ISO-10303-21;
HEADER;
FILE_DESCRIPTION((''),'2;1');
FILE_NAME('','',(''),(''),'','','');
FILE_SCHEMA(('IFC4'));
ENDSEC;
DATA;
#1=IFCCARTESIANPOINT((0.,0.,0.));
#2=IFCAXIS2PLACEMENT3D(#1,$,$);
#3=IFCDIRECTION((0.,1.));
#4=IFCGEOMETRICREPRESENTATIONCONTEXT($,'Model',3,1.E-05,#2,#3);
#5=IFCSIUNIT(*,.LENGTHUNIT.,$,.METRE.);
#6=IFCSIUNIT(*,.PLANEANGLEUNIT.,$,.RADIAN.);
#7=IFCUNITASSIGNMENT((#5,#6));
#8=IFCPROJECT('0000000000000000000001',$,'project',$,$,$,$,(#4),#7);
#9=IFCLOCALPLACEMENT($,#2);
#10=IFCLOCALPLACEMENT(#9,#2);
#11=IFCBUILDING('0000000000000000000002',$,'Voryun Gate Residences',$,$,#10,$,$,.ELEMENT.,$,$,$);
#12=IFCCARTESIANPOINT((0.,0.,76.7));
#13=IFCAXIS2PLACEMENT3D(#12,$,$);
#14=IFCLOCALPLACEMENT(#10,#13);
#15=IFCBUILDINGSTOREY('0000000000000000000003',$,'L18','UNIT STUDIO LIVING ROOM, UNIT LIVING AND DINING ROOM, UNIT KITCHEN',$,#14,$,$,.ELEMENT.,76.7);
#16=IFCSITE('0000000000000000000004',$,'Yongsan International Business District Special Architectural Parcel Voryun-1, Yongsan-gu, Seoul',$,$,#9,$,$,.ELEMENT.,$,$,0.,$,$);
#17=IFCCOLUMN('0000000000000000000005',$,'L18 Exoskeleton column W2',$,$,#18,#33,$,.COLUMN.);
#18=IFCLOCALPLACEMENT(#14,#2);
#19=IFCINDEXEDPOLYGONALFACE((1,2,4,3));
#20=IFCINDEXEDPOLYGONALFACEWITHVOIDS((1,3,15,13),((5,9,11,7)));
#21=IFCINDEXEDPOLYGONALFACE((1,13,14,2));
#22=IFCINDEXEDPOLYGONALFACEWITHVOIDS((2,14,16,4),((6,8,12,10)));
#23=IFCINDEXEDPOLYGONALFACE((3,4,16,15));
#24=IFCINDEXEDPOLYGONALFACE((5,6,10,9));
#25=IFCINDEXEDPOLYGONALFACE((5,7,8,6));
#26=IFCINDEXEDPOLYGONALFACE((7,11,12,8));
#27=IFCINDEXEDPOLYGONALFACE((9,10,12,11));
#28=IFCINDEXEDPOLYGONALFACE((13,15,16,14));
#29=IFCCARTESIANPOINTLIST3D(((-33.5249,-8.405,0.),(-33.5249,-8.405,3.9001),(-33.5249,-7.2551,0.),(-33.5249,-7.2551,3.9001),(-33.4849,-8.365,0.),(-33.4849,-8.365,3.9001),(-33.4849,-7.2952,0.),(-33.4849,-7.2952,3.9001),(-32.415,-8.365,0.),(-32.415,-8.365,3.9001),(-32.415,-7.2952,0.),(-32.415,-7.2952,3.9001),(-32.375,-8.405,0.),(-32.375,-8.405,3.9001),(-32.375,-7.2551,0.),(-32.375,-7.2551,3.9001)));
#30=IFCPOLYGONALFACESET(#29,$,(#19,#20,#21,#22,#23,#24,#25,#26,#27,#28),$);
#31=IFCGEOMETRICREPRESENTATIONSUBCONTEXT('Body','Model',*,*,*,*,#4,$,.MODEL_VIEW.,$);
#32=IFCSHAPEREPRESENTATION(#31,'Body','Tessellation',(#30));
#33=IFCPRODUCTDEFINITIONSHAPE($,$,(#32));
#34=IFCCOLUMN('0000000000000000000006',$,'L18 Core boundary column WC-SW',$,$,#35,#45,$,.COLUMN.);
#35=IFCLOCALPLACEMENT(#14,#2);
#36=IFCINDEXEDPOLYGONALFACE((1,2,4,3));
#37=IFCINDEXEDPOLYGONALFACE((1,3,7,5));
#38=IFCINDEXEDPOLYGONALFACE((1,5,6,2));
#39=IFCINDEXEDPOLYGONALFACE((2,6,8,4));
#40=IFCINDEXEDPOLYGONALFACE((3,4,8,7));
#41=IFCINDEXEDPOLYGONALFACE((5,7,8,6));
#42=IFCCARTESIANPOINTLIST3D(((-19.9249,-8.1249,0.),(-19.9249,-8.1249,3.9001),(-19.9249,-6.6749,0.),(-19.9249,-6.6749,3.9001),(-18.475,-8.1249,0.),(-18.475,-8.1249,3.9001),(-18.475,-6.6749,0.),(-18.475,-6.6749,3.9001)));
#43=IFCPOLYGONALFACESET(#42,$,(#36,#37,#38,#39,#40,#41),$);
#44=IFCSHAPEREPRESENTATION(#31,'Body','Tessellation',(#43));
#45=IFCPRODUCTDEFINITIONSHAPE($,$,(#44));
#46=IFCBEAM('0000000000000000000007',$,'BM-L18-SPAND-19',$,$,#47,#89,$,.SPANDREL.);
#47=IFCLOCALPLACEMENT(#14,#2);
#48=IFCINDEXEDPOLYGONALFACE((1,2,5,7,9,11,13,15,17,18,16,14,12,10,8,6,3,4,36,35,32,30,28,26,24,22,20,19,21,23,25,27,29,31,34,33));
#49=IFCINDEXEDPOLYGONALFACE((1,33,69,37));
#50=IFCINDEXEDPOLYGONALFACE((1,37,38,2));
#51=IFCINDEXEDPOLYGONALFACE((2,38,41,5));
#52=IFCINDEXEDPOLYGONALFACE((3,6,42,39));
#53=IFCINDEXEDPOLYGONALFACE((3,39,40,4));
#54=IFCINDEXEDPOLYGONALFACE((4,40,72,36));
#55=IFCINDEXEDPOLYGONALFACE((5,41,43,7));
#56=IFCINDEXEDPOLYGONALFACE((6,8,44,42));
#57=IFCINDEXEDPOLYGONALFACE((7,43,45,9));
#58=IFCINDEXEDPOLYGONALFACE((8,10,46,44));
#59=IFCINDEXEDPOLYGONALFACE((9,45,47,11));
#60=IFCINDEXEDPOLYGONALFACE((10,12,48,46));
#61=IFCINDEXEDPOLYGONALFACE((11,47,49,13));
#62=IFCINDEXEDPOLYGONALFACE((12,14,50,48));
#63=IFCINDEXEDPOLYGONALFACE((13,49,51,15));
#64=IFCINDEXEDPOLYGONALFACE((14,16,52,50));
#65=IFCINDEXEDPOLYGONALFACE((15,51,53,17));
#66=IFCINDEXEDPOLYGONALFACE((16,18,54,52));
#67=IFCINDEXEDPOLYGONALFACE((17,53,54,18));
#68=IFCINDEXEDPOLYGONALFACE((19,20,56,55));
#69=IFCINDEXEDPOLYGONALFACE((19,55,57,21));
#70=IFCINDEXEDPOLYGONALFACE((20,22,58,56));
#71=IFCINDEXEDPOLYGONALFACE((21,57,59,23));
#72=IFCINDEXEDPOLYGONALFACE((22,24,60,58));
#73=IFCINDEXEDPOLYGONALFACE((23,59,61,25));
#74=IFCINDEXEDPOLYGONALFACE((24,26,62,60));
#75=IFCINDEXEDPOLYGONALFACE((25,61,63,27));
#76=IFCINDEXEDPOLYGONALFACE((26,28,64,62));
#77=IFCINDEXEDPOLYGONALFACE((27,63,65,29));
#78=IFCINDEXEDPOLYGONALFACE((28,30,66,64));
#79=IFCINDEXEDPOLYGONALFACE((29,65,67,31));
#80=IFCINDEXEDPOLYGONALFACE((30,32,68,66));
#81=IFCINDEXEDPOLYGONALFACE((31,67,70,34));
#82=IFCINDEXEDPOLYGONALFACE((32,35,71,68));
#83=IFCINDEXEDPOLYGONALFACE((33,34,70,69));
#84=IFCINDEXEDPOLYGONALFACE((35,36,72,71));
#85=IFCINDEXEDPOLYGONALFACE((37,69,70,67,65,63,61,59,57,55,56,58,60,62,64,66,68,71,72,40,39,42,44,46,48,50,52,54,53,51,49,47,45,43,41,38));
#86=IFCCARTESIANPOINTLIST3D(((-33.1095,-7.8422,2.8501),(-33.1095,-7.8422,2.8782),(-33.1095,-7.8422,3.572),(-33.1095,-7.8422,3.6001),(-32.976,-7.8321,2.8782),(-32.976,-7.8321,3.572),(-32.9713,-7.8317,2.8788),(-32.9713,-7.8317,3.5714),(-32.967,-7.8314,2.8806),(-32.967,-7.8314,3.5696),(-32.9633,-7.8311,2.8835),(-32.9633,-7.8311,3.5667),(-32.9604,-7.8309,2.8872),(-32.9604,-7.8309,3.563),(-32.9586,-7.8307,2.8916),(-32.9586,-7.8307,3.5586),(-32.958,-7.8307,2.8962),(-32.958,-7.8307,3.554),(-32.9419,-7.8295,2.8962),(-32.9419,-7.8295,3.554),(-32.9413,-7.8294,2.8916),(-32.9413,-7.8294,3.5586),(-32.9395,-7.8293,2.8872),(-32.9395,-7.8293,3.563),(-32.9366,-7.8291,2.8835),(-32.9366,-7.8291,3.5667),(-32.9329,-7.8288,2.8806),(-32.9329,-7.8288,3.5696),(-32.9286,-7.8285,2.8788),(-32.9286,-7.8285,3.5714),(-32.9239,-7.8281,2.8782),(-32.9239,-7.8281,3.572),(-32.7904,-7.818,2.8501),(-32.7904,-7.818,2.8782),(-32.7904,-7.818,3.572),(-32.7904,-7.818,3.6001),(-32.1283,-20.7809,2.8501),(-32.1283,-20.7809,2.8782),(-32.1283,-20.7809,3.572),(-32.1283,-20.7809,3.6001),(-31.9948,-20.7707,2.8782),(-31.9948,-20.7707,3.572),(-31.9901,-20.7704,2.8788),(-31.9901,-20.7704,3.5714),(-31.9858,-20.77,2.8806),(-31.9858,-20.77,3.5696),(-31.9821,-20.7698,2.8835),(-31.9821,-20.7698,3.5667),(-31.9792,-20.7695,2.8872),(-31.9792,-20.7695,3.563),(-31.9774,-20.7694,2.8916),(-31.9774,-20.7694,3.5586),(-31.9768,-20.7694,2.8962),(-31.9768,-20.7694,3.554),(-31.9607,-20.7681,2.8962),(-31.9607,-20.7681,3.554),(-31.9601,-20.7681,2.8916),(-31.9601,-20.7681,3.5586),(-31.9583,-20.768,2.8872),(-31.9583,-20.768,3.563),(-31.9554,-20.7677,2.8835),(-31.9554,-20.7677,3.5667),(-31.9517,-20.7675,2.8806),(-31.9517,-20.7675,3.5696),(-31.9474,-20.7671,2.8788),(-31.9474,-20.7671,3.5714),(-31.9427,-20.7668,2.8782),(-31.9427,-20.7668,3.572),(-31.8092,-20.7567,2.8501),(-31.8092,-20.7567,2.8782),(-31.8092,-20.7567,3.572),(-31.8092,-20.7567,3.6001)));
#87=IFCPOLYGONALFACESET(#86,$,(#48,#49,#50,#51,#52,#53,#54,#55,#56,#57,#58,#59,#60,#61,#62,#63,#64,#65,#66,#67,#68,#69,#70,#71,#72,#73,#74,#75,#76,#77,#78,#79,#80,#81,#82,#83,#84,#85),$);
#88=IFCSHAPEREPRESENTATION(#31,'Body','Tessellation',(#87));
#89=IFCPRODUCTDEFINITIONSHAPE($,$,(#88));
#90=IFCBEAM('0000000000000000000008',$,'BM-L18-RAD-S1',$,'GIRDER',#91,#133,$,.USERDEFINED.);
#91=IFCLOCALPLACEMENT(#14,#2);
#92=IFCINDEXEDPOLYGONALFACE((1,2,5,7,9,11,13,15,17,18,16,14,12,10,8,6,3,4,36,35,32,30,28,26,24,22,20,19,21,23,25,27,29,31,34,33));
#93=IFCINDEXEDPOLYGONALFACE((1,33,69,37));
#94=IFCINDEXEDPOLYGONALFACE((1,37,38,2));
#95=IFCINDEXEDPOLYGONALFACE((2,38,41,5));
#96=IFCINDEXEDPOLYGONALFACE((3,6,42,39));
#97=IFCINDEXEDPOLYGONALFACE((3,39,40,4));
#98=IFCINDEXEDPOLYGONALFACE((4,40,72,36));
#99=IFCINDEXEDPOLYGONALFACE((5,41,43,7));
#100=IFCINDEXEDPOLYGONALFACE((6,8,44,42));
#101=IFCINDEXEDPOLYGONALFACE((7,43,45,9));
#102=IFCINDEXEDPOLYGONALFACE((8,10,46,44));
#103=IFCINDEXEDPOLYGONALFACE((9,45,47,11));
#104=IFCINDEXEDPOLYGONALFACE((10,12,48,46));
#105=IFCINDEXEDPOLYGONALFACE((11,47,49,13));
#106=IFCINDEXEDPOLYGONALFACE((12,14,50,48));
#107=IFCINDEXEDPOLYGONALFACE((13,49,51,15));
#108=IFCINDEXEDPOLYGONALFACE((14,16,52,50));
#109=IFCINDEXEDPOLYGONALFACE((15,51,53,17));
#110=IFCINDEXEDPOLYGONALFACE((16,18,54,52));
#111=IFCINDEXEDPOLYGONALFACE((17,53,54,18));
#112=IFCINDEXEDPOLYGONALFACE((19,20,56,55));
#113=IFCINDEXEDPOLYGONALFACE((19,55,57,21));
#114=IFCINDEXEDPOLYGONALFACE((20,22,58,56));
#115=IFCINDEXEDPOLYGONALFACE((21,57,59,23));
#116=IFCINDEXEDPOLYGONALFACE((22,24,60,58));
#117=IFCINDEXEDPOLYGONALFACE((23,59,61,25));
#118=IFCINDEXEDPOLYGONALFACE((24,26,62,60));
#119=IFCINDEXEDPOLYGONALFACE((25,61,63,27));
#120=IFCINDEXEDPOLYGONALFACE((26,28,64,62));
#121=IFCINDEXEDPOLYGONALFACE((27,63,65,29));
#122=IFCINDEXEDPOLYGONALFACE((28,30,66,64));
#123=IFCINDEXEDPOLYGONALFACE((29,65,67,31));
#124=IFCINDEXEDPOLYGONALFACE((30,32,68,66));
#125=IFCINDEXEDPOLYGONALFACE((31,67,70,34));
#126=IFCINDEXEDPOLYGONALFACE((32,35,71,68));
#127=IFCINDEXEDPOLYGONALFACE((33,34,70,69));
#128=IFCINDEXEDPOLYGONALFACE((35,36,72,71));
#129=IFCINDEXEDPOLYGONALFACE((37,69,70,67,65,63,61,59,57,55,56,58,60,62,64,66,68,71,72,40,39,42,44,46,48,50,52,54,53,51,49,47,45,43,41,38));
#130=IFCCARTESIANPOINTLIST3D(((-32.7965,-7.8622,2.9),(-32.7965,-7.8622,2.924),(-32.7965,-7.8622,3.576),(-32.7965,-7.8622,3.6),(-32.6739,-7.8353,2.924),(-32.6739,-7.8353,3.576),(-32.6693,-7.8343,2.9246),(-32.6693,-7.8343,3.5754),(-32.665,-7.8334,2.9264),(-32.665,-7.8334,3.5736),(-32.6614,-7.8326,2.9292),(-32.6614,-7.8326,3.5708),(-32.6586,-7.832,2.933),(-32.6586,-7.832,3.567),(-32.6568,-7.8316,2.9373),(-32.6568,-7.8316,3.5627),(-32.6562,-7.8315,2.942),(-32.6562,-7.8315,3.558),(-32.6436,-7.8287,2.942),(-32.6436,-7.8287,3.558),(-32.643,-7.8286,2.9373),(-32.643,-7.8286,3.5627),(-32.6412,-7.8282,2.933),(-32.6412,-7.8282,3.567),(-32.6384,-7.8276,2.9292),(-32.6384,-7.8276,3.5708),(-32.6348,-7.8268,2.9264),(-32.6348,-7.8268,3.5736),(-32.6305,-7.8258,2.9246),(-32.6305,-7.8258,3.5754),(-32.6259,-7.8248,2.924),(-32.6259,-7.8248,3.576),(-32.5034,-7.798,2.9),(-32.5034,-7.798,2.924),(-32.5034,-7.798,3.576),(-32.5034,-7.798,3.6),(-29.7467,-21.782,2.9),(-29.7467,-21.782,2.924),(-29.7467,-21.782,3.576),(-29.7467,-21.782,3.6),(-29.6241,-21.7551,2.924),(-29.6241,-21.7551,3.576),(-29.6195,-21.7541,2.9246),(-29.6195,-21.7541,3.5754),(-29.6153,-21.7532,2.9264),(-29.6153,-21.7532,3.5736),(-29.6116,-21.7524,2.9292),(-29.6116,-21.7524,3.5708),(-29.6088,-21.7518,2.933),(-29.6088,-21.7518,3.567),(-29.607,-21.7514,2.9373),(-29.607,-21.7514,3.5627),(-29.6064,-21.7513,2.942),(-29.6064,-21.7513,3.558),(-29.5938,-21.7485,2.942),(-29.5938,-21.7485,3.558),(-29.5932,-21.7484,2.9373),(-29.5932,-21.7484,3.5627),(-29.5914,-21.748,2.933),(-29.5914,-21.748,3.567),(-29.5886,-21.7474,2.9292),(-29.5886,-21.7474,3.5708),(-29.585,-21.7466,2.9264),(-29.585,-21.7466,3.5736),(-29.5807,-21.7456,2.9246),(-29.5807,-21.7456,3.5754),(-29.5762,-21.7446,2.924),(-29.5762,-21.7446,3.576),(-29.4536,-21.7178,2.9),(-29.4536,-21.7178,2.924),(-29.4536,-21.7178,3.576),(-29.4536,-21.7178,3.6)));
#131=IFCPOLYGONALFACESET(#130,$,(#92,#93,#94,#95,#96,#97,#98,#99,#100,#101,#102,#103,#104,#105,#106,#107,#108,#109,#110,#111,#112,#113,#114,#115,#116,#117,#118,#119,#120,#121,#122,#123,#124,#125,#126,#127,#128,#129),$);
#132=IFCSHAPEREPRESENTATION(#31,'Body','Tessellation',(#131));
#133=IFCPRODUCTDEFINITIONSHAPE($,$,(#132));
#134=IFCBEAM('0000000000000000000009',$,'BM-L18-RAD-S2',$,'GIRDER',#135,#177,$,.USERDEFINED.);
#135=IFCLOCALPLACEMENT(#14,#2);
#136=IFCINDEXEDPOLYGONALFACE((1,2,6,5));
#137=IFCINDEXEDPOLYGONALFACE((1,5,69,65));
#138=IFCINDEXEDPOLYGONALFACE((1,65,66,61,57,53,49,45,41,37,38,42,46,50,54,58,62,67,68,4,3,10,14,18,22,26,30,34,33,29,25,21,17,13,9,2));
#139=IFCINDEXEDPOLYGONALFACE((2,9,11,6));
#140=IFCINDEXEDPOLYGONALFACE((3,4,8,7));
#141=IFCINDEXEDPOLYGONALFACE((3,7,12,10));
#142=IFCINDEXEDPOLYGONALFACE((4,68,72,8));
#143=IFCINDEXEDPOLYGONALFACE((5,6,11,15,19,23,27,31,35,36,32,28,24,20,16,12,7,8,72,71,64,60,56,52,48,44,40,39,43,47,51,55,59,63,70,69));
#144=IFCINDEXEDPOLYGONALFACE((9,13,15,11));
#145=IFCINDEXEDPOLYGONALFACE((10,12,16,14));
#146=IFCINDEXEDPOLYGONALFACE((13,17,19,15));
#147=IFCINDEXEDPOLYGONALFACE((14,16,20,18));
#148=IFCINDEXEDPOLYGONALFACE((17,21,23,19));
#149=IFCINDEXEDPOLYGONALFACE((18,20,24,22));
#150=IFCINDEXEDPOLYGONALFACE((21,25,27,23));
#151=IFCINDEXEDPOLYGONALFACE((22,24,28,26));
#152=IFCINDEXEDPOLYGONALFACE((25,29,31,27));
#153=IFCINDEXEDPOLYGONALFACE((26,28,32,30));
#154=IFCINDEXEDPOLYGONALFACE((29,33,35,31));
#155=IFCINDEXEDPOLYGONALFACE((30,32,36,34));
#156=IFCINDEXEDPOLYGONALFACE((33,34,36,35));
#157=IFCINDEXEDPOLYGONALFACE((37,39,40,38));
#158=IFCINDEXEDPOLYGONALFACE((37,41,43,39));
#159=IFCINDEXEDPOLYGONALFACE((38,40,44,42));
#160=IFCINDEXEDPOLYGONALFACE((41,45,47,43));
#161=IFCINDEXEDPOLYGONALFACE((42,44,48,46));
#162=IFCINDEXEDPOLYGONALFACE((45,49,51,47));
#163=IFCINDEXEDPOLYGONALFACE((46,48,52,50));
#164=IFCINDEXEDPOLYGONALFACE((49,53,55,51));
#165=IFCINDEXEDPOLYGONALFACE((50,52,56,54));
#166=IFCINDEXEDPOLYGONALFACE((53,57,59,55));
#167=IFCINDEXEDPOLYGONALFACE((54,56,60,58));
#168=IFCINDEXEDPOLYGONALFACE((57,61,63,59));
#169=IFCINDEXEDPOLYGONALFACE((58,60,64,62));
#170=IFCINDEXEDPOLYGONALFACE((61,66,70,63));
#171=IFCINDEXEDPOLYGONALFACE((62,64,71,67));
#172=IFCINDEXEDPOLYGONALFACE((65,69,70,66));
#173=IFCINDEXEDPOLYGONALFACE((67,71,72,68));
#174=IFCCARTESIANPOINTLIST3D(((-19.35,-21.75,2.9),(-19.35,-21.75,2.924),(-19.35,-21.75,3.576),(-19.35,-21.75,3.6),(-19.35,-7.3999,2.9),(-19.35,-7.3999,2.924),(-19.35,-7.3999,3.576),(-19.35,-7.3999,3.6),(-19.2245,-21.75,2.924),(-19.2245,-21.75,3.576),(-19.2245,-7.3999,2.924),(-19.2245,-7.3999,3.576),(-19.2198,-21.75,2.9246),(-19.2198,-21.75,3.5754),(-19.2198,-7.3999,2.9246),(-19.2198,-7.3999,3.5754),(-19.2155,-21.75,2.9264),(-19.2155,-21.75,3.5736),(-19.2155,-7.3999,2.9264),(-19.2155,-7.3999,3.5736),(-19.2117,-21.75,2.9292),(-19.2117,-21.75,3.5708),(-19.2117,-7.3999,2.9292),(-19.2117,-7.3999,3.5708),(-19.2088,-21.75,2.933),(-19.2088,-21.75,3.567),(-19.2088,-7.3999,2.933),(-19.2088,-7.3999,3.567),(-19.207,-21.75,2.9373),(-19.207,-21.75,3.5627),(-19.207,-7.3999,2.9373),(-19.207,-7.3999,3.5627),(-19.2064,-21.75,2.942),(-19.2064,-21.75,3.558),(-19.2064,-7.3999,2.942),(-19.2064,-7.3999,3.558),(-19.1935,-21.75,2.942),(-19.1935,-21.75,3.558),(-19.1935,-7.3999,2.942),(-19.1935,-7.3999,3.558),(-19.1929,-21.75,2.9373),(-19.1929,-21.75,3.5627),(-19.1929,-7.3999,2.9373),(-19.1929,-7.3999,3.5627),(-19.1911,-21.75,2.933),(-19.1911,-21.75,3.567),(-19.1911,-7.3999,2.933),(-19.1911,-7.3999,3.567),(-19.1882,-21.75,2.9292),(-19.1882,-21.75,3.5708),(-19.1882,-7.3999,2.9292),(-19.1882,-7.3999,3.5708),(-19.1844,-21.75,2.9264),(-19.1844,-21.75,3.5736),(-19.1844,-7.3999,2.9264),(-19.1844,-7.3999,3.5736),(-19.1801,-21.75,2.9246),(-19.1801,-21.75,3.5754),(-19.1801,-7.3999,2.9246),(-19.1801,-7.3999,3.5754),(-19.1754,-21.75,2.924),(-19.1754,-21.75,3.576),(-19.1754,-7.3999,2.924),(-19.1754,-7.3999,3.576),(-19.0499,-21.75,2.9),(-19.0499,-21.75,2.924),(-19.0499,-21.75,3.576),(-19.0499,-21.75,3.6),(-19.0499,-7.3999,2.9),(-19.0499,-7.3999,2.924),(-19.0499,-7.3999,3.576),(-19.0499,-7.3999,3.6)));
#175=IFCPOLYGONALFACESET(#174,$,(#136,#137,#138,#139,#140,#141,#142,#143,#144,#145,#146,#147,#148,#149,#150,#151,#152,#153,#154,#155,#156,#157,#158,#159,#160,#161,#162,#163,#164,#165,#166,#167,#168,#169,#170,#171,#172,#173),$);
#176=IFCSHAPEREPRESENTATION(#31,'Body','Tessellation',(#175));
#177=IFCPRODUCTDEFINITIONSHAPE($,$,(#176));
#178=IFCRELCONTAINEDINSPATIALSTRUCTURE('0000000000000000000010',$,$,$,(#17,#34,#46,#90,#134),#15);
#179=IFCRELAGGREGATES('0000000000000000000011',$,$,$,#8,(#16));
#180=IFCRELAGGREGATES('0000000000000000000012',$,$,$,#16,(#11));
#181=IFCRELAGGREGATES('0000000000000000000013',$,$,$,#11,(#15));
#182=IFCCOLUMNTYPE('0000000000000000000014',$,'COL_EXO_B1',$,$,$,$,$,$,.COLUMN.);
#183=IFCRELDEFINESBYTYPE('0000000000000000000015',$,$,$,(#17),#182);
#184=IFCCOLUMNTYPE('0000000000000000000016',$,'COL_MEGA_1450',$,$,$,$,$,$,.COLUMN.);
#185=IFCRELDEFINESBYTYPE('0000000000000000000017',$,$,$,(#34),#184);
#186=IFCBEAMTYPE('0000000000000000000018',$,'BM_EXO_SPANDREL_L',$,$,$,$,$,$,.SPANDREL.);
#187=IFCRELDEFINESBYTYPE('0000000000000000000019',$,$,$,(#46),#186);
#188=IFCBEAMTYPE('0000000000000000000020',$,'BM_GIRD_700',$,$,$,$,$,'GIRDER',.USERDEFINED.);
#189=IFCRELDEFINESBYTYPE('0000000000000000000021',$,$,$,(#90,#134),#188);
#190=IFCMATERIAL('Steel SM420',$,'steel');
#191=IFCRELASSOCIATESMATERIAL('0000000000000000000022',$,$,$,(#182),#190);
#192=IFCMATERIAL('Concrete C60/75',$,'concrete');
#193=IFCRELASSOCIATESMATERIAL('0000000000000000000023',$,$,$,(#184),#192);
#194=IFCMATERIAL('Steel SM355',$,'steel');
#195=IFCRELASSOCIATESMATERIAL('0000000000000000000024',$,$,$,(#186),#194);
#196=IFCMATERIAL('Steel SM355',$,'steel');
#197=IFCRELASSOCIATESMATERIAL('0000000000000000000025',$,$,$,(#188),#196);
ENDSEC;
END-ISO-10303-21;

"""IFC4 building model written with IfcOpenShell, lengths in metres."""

from ifc_helpers import new_model, si_unit, direction, frame, origin, origin_2d, place, context, subcontext, project, spatial, rectangle, hollow_rectangle, i_section, extrude, material, material_profile, profile_set, type_object, element, save


model = new_model("IFC4")

# Units and contexts
model_context = context("Model", 3, precision=1e-05, world=origin(), true_north=direction((0.0, 1.0)))
body_context = subcontext(model_context, "Body", "Model", "MODEL_VIEW")
ifc_project = project(units=[si_unit("LENGTHUNIT", "METRE"), si_unit("PLANEANGLEUNIT", "RADIAN")], contexts=[model_context])

# Site, building, storey
site_placement = place(None, origin())
site = spatial("IfcSite", under=ifc_project, at=site_placement, Name="Yongsan International Business District Special Architectural Parcel Voryun-1, Yongsan-gu, Seoul", CompositionType="ELEMENT", RefElevation=0.0)
building_placement = place(site_placement, origin())
building = spatial("IfcBuilding", under=site, at=building_placement, Name="Voryun Gate Residences", CompositionType="ELEMENT")
storey_placement = place(building_placement, frame((0.0, 0.0, 76.7)))
storey = spatial("IfcBuildingStorey", under=building, at=storey_placement, Name="L18", Description="UNIT STUDIO LIVING ROOM, UNIT LIVING AND DINING ROOM, UNIT KITCHEN", CompositionType="ELEMENT", Elevation=76.7)

# Columns
ifc_material_1 = material(Name="Steel SM420", Category="steel")
ifc_material_profile_1 = material_profile(ifc_material_1, hollow_rectangle(XDim=1.1499, YDim=1.1499, WallThickness=0.04, at=origin_2d()), Name="BOX-1150x1150x40")
ifc_profile_set_1 = profile_set([ifc_material_profile_1], Name="Steel SM420")
column_type_1 = type_object("IfcColumnType", Name="COL_EXO_B1", PredefinedType="COLUMN", material=ifc_profile_set_1)
column_1_placement = place(storey_placement, frame((-32.95, -7.8301, 0.0), z_axis=(0.0, 0.0, 1.0), x_axis=(1.0, 0.0, 0.0)))
element("IfcColumn", 1, at=column_1_placement, inside=storey, type_object=column_type_1, Name="L18 Exoskeleton column W2", PredefinedType="COLUMN", context=body_context, shape_type="SweptSolid", body=[
    extrude(hollow_rectangle(XDim=1.1499, YDim=1.1499, WallThickness=0.04, at=origin_2d()), origin(), (0.0, 0.0, 1.0), 3.9001),
])
ifc_material_2 = material(Name="Concrete C60/75", Category="concrete")
ifc_material_profile_2 = material_profile(ifc_material_2, rectangle(XDim=1.45, YDim=1.45, at=origin_2d()), Name="RC-1450x1450")
ifc_profile_set_2 = profile_set([ifc_material_profile_2], Name="Concrete C60/75")
column_type_2 = type_object("IfcColumnType", Name="COL_MEGA_1450", PredefinedType="COLUMN", material=ifc_profile_set_2)
column_2_placement = place(storey_placement, frame((-19.2, -7.3999, 0.0), z_axis=(0.0, 0.0, 1.0), x_axis=(1.0, 0.0, 0.0)))
element("IfcColumn", 2, at=column_2_placement, inside=storey, type_object=column_type_2, Name="L18 Core boundary column WC-SW", PredefinedType="COLUMN", context=body_context, shape_type="SweptSolid", body=[
    extrude(rectangle(XDim=1.45, YDim=1.45, at=origin_2d()), origin(), (0.0, 0.0, 1.0), 3.9001),
])

# Beams
ifc_material_3 = material(Name="Steel SM355", Category="steel")
ifc_material_profile_3 = material_profile(ifc_material_3, i_section(OverallWidth=0.3201, OverallDepth=0.75, WebThickness=0.0161, FlangeThickness=0.0281, FilletRadius=0.0181, at=origin_2d()), Name="H-750x320x16x28")
ifc_profile_set_3 = profile_set([ifc_material_profile_3], Name="Steel SM355")
beam_type_1 = type_object("IfcBeamType", Name="BM_EXO_SPANDREL_L", PredefinedType="SPANDREL", material=ifc_profile_set_3)
beam_1_placement = place(storey_placement, frame((-32.95, -7.8301, 3.2251), z_axis=(0.075617, -0.997137, 0.0), x_axis=(0.997137, 0.075617, 0.0)))
element("IfcBeam", 3, at=beam_1_placement, inside=storey, type_object=beam_type_1, Name="BM-L18-SPAND-19", PredefinedType="SPANDREL", context=body_context, shape_type="SweptSolid", body=[
    extrude(i_section(OverallWidth=0.3201, OverallDepth=0.75, WebThickness=0.0161, FlangeThickness=0.0281, FilletRadius=0.0181, at=origin_2d()), origin(), (0.0, 0.0, 1.0), 12.9758),
])
ifc_material_4 = material(Name="Steel SM355", Category="steel")
ifc_material_profile_4 = material_profile(ifc_material_4, i_section(OverallWidth=0.3, OverallDepth=0.7, WebThickness=0.0129, FlangeThickness=0.0239, FilletRadius=0.0181, at=origin_2d()), Name="H-700x300x13x24")
ifc_profile_set_4 = profile_set([ifc_material_profile_4], Name="Steel SM355")
beam_type_2 = type_object("IfcBeamType", Name="BM_GIRD_700", ElementType="GIRDER", PredefinedType="USERDEFINED", material=ifc_profile_set_4)
beam_2_placement = place(storey_placement, frame((-32.6499, -7.8301, 3.25), z_axis=(0.21402, -0.976829, 0.0), x_axis=(0.976829, 0.21402, 0.0)))
element("IfcBeam", 4, at=beam_2_placement, inside=storey, type_object=beam_type_2, Name="BM-L18-RAD-S1", ObjectType="GIRDER", PredefinedType="USERDEFINED", context=body_context, shape_type="SweptSolid", body=[
    extrude(i_section(OverallWidth=0.3, OverallDepth=0.7, WebThickness=0.0129, FlangeThickness=0.0239, FilletRadius=0.0181, at=origin_2d()), origin(), (0.0, 0.0, 1.0), 14.25),
])
beam_3_placement = place(storey_placement, frame((-19.2, -7.3999, 3.25), z_axis=(0.0, -1.0, 0.0), x_axis=(1.0, 0.0, 0.0)))
element("IfcBeam", 5, at=beam_3_placement, inside=storey, type_object=beam_type_2, Name="BM-L18-RAD-S2", ObjectType="GIRDER", PredefinedType="USERDEFINED", context=body_context, shape_type="SweptSolid", body=[
    extrude(i_section(OverallWidth=0.3, OverallDepth=0.7, WebThickness=0.0129, FlangeThickness=0.0239, FilletRadius=0.0181, at=origin_2d()), origin(), (0.0, 0.0, 1.0), 14.3501),
])

save(model, "model.ifc")
